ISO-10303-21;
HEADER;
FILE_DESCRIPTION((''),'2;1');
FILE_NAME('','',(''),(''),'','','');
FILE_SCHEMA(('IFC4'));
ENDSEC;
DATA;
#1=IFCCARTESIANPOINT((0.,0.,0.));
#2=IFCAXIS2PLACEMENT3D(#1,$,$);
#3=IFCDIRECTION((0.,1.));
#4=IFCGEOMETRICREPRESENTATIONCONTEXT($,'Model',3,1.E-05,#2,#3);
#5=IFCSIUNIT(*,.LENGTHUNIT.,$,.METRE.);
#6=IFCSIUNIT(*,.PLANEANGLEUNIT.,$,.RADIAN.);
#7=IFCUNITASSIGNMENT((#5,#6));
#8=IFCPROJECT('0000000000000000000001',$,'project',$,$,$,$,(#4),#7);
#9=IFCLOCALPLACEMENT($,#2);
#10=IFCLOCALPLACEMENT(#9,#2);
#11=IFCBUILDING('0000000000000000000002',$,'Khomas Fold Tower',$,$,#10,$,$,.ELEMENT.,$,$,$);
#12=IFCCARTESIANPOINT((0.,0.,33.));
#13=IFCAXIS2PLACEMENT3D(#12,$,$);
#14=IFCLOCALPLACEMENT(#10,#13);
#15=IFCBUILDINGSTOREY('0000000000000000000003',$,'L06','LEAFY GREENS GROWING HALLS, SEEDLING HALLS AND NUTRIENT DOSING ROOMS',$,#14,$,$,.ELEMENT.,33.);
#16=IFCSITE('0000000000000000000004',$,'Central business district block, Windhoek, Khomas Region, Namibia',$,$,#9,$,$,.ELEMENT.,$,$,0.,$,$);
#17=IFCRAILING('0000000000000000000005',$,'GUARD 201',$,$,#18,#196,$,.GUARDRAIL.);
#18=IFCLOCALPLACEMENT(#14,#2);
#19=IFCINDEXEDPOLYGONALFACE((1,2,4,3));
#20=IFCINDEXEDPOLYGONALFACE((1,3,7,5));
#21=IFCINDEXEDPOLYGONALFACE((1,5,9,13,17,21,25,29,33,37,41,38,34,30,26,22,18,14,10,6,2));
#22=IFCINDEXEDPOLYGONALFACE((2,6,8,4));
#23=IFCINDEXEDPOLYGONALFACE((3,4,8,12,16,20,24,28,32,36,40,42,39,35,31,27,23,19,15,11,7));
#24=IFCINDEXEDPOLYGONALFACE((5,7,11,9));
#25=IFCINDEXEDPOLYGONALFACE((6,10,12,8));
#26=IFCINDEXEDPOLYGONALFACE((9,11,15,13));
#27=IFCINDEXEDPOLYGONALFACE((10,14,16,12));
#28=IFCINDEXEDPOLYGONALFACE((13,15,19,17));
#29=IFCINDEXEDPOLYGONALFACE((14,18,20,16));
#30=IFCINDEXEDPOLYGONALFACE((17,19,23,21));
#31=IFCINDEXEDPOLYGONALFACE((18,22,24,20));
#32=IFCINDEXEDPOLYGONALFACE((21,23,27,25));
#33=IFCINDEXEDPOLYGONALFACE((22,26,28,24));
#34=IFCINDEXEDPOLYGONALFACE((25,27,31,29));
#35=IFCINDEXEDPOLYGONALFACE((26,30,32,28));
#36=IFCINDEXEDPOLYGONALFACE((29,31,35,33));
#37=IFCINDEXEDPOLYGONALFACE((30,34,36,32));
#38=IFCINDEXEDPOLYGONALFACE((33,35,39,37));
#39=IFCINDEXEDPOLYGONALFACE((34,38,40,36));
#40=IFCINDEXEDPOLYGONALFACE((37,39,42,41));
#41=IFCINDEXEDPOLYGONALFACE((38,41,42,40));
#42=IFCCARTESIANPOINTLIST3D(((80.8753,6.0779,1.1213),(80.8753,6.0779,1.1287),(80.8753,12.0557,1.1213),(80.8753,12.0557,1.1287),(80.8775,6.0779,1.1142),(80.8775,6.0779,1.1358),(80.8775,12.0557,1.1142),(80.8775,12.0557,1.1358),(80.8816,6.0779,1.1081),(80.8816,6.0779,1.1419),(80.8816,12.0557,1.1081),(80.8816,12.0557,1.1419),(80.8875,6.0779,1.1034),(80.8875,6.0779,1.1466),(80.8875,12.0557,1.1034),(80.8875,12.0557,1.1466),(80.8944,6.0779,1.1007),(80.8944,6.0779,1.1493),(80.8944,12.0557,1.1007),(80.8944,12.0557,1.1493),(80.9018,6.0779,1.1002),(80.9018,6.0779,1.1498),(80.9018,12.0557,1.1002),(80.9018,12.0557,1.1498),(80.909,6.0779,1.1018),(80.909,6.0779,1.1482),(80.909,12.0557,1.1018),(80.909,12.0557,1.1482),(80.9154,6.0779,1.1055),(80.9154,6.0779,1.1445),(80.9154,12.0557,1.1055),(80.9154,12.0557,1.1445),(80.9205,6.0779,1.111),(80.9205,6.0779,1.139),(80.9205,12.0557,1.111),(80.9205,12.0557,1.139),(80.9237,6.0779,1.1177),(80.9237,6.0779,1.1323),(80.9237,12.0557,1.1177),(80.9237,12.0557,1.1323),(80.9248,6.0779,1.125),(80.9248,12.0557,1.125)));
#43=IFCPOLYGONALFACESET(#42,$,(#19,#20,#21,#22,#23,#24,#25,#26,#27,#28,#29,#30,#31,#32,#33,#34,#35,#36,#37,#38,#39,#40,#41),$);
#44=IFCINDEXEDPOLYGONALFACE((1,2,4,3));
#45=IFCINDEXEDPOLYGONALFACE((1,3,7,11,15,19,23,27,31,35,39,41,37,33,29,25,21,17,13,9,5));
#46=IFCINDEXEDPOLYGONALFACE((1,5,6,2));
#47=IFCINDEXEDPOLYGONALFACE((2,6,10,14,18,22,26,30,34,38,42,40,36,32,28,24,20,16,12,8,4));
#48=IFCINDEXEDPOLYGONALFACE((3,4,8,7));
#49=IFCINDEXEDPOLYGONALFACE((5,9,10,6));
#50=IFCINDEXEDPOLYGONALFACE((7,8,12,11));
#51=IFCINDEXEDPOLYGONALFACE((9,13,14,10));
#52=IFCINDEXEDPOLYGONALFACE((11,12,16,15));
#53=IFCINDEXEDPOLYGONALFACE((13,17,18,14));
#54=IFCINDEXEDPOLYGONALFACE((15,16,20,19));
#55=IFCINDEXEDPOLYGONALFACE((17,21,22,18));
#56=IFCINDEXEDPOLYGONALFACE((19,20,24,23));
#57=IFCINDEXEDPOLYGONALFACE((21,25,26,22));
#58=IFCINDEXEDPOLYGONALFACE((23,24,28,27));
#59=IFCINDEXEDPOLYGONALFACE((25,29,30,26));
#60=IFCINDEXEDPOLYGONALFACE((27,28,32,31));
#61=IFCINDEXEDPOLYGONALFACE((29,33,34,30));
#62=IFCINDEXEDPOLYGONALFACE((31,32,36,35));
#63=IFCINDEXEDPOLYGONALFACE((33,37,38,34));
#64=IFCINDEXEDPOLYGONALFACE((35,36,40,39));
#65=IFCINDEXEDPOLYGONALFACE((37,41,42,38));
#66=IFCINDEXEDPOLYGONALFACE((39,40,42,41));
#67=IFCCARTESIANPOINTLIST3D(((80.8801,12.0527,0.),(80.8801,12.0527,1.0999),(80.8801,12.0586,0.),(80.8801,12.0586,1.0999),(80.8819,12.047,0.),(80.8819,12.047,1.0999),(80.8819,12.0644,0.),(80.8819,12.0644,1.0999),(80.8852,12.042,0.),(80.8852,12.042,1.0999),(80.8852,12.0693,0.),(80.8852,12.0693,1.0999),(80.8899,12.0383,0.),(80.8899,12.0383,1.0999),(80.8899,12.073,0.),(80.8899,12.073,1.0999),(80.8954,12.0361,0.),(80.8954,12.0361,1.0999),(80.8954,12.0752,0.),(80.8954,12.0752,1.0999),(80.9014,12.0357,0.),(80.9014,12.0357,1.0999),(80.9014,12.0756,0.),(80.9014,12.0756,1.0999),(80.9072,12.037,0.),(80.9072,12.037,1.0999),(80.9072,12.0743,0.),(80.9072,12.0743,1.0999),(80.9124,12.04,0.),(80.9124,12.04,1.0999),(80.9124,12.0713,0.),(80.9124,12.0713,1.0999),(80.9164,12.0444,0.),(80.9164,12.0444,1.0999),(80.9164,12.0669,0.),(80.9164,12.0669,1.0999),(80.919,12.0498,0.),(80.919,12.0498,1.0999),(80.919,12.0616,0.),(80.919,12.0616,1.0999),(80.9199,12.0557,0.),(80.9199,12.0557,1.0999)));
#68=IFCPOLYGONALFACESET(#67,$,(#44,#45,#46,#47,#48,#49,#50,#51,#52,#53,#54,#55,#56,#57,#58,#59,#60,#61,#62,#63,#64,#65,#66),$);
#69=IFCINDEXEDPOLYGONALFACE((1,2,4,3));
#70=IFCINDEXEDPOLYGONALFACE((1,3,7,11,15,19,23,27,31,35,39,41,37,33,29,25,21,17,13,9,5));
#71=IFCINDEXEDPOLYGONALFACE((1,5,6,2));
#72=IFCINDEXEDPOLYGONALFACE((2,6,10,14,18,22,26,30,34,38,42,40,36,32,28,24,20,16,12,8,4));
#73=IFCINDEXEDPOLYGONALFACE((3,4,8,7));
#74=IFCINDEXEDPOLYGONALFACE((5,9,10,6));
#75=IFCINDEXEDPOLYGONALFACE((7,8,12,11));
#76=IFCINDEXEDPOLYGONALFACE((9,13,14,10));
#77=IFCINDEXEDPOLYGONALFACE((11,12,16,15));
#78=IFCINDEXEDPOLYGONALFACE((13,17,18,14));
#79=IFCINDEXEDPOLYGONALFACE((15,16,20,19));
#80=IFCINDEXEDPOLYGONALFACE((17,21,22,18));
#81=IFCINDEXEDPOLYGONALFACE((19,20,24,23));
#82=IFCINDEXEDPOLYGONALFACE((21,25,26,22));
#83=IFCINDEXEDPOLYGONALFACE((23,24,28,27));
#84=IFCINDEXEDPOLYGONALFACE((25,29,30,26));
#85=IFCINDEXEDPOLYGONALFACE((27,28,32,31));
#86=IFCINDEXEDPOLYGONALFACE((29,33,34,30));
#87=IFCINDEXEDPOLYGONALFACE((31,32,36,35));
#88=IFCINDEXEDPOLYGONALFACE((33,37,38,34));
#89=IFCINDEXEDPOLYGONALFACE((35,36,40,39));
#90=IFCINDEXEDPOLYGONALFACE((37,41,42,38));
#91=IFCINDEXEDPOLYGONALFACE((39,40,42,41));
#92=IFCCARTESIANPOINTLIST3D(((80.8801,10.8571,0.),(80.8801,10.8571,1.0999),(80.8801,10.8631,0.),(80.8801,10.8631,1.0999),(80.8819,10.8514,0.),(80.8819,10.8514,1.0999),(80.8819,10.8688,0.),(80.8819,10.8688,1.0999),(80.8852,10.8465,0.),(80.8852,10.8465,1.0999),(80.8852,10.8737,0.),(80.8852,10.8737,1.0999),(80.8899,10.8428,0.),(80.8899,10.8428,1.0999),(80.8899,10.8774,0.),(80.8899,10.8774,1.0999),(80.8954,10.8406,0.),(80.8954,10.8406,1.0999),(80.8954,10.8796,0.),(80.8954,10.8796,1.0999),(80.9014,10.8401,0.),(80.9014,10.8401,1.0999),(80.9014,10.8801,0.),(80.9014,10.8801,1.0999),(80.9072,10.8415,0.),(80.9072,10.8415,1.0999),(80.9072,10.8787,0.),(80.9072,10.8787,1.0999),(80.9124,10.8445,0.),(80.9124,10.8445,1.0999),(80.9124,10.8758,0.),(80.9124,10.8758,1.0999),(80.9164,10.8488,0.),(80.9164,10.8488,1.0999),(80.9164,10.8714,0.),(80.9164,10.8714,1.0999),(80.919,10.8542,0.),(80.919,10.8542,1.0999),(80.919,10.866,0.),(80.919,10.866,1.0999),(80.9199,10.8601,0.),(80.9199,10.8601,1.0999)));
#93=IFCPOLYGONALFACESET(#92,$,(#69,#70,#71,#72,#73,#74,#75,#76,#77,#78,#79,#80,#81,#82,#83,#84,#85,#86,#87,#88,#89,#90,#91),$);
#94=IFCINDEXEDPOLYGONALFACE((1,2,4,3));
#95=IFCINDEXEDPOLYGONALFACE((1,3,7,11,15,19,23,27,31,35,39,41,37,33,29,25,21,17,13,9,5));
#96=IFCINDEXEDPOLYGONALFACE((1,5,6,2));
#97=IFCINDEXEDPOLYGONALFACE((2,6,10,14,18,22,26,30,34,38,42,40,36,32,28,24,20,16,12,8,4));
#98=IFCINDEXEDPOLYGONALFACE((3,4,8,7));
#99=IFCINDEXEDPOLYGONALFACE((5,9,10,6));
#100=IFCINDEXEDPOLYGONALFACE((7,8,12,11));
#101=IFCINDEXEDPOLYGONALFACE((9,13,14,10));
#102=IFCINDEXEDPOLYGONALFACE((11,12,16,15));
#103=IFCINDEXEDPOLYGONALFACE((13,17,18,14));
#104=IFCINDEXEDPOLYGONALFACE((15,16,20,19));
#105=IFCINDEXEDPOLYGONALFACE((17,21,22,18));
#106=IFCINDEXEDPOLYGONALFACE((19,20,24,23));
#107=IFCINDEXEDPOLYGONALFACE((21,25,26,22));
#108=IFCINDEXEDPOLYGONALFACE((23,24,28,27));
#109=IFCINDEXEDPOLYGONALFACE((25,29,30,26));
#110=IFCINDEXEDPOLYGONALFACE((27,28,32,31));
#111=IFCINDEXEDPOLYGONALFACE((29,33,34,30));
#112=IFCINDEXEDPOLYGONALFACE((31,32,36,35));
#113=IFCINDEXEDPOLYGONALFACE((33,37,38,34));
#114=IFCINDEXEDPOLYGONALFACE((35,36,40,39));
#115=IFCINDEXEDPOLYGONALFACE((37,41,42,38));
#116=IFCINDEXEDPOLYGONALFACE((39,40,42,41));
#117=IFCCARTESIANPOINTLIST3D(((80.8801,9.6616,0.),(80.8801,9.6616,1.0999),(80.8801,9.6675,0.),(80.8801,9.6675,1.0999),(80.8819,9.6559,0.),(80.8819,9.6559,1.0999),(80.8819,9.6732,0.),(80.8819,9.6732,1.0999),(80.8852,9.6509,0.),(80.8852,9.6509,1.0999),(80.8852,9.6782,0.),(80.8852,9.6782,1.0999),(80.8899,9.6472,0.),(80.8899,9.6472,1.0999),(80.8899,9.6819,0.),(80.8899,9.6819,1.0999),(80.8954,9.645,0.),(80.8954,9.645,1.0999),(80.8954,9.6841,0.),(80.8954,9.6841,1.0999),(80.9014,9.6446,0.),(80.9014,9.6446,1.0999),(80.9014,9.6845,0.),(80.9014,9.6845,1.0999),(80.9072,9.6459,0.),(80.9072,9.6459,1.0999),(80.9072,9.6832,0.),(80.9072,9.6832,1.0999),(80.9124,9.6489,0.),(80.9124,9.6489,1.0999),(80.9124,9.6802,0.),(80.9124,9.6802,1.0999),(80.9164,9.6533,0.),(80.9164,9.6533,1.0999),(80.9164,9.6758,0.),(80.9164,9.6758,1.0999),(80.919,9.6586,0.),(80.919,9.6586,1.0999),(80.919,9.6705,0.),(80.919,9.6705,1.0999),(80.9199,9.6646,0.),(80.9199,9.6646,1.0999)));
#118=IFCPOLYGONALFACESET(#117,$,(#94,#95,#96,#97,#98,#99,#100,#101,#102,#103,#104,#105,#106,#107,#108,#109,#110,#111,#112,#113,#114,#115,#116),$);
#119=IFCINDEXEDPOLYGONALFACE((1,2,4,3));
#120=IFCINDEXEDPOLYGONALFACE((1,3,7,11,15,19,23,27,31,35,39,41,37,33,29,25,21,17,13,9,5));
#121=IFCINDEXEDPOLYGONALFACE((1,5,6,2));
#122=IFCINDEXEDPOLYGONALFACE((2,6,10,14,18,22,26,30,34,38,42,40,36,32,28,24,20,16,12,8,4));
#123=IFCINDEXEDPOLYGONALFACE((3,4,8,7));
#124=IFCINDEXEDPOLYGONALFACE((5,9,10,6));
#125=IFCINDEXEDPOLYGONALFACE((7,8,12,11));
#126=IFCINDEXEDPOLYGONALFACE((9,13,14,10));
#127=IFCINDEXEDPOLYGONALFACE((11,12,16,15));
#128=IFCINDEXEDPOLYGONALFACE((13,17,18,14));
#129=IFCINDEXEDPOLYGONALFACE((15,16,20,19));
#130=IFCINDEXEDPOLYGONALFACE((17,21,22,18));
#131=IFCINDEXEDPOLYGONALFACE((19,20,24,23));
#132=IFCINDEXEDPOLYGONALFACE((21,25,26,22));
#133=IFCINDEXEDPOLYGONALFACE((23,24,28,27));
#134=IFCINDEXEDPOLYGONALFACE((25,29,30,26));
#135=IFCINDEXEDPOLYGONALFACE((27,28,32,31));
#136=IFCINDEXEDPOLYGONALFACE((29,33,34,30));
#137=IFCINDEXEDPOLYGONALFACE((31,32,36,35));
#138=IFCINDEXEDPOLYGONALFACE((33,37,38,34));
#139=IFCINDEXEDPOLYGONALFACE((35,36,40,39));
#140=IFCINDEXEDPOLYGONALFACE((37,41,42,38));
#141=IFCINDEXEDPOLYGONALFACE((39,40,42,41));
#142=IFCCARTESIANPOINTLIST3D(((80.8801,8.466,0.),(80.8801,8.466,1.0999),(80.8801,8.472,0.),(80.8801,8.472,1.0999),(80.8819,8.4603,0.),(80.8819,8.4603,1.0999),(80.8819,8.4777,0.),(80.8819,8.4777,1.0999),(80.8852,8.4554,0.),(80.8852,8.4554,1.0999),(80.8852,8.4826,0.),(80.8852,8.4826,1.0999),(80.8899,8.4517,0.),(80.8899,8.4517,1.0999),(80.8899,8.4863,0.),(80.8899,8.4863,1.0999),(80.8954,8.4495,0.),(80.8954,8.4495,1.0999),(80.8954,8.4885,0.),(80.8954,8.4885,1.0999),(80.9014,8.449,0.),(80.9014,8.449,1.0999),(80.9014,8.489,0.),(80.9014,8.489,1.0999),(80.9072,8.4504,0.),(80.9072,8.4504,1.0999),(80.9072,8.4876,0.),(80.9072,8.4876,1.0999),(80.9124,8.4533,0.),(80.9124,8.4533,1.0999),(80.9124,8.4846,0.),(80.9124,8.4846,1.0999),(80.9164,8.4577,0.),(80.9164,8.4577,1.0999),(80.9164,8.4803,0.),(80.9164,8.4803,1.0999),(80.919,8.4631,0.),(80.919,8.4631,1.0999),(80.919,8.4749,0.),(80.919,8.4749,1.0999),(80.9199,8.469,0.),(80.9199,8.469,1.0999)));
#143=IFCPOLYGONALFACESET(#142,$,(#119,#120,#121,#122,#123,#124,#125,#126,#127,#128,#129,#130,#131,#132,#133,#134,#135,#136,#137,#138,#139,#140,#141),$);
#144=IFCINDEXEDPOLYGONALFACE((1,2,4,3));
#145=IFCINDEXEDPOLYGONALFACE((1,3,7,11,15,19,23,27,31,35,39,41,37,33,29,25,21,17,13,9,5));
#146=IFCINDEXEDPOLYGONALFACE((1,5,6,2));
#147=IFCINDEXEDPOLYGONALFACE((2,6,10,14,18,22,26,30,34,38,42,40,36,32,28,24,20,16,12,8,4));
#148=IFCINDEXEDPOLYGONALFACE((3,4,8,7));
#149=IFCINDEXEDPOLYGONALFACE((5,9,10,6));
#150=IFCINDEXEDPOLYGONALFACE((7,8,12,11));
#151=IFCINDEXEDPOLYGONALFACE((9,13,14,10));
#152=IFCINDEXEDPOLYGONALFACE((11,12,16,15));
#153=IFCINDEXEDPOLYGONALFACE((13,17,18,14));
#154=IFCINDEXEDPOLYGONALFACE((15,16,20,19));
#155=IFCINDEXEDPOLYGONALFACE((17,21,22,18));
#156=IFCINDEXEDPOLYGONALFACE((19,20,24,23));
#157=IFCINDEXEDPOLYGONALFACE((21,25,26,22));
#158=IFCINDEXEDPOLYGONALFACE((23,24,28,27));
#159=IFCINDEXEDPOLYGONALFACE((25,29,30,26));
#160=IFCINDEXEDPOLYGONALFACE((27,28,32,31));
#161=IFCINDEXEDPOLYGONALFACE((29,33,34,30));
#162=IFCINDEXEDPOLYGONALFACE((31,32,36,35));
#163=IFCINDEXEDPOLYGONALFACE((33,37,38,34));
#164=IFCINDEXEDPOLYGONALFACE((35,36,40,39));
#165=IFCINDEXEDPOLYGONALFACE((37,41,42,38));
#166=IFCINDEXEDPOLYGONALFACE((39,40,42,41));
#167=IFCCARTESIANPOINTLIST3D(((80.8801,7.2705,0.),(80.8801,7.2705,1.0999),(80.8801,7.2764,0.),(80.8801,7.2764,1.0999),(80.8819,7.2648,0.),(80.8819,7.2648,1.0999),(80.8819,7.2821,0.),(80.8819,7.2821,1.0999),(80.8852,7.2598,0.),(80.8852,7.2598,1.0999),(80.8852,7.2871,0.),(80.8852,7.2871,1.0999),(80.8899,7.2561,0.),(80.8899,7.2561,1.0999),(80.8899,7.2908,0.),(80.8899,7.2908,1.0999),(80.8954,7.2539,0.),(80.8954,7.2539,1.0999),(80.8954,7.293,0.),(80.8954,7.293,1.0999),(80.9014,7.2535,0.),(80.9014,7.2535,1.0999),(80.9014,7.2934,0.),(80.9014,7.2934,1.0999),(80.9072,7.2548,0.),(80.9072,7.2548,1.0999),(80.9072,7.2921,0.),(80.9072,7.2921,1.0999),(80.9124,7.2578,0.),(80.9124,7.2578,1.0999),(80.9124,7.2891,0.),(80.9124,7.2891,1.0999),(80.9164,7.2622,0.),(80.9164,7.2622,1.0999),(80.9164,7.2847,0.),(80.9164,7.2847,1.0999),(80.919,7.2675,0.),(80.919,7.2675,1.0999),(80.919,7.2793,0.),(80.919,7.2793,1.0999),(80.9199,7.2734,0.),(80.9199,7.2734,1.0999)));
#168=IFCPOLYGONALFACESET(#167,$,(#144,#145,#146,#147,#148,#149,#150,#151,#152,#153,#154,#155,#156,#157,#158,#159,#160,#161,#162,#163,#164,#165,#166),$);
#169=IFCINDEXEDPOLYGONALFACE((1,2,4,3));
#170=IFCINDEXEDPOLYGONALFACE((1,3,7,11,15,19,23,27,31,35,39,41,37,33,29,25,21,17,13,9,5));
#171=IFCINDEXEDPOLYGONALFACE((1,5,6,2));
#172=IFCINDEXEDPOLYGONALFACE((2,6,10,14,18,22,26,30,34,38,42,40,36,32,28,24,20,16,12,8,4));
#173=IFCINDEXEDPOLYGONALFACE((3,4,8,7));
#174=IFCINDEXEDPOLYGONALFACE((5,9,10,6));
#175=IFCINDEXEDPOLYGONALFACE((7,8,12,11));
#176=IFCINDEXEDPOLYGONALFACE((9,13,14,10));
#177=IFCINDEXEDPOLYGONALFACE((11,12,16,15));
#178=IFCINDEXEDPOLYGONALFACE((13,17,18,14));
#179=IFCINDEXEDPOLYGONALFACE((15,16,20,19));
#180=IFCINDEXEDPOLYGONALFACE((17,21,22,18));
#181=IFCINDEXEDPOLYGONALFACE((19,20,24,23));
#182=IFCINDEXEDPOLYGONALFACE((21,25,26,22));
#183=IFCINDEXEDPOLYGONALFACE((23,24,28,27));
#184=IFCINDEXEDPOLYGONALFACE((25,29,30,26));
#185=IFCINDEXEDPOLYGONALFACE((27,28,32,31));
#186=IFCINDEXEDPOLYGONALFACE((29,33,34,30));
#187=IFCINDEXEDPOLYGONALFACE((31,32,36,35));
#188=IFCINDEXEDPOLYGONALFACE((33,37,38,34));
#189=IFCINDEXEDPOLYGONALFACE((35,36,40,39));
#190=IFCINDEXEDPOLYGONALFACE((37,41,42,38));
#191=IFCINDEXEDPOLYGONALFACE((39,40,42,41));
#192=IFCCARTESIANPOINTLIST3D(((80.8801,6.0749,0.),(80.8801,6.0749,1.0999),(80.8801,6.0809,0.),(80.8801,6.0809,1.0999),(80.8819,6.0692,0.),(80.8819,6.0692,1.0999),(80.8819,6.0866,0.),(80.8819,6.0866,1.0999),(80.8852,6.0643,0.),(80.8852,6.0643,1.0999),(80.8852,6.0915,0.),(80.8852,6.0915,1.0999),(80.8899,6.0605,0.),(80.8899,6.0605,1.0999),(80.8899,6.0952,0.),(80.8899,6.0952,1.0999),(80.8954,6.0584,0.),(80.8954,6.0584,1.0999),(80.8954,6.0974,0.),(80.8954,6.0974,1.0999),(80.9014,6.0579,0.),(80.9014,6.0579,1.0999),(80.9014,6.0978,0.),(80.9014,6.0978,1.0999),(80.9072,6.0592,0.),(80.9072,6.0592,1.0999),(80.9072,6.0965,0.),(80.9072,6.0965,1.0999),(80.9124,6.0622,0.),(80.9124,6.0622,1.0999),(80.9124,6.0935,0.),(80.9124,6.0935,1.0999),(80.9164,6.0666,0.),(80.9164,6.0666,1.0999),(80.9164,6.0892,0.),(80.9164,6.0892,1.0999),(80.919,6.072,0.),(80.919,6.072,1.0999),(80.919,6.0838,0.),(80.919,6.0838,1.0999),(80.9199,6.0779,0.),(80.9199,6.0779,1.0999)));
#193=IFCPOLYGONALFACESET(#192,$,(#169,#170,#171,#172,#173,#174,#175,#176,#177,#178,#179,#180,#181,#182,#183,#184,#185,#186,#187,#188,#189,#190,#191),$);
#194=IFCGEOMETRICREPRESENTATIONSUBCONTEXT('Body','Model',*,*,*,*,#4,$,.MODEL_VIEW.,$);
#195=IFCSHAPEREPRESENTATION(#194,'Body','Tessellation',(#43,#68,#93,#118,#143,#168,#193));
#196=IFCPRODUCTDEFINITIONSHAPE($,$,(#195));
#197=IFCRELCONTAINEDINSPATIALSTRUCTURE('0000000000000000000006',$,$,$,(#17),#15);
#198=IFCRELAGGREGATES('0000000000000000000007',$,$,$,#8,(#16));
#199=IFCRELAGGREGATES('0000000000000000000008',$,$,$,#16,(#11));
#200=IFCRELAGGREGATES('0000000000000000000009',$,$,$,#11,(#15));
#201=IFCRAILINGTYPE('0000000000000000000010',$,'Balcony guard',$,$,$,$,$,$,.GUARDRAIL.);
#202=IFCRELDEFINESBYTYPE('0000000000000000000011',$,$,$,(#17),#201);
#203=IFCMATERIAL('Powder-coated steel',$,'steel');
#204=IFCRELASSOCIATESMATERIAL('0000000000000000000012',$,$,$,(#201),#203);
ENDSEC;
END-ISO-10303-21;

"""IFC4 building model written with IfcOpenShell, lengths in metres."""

from ifc_helpers import new_model, si_unit, direction, frame, origin, origin_2d, place, context, subcontext, project, spatial, circle, extrude, source, transform, mapped, material, type_object, element, save


model = new_model("IFC4")

# Units and contexts
model_context = context("Model", 3, precision=1e-05, world=origin(), true_north=direction((0.0, 1.0)))
body_context = subcontext(model_context, "Body", "Model", "MODEL_VIEW")
ifc_project = project(units=[si_unit("LENGTHUNIT", "METRE"), si_unit("PLANEANGLEUNIT", "RADIAN")], contexts=[model_context])

# Site, building, storey
site_placement = place(None, origin())
site = spatial("IfcSite", under=ifc_project, at=site_placement, Name="Central business district block, Windhoek, Khomas Region, Namibia", CompositionType="ELEMENT", RefElevation=0.0)
building_placement = place(site_placement, origin())
building = spatial("IfcBuilding", under=site, at=building_placement, Name="Khomas Fold Tower", CompositionType="ELEMENT")
storey_placement = place(building_placement, frame((0.0, 0.0, 33.0)))
storey = spatial("IfcBuildingStorey", under=building, at=storey_placement, Name="L06", Description="LEAFY GREENS GROWING HALLS, SEEDLING HALLS AND NUTRIENT DOSING ROOMS", CompositionType="ELEMENT", Elevation=33.0)

# Railing
ifc_material_1 = material(Name="Powder-coated steel", Category="steel")
railing_type_1 = type_object("IfcRailingType", Name="Balcony guard", PredefinedType="GUARDRAIL", material=ifc_material_1)
shared_shape_1 = source(origin(), body_context, "Body", "SweptSolid", [
    extrude(circle(Radius=0.0249, at=origin_2d()), frame((0.0, 0.0, 1.125), z_axis=(0.0, -1.0, 0.0), x_axis=(1.0, 0.0, 0.0)), (0.0, 0.0, 1.0), 5.9778),
    extrude(circle(Radius=0.02, at=origin_2d()), origin(), (0.0, 0.0, 1.0), 1.0999),
    extrude(circle(Radius=0.02, at=origin_2d()), frame((0.0, -1.1956, 0.0)), (0.0, 0.0, 1.0), 1.0999),
    extrude(circle(Radius=0.02, at=origin_2d()), frame((0.0, -2.3911, 0.0)), (0.0, 0.0, 1.0), 1.0999),
    extrude(circle(Radius=0.02, at=origin_2d()), frame((0.0, -3.5867, 0.0)), (0.0, 0.0, 1.0), 1.0999),
    extrude(circle(Radius=0.02, at=origin_2d()), frame((0.0, -4.7822, 0.0)), (0.0, 0.0, 1.0), 1.0999),
    extrude(circle(Radius=0.02, at=origin_2d()), frame((0.0, -5.9778, 0.0)), (0.0, 0.0, 1.0), 1.0999),
])
for number, where, name in (
    (1, (80.8999, 12.0557, 0.0), "GUARD 201"),
):
    element("IfcRailing", number, at=place(storey_placement, frame(where)), inside=storey, type_object=railing_type_1, Name=name, PredefinedType="GUARDRAIL", context=body_context, shape_type="MappedRepresentation", body=[
        mapped(shared_shape_1, transform((0.0, 0.0, 0.0))),
    ])

save(model, "model.ifc")
